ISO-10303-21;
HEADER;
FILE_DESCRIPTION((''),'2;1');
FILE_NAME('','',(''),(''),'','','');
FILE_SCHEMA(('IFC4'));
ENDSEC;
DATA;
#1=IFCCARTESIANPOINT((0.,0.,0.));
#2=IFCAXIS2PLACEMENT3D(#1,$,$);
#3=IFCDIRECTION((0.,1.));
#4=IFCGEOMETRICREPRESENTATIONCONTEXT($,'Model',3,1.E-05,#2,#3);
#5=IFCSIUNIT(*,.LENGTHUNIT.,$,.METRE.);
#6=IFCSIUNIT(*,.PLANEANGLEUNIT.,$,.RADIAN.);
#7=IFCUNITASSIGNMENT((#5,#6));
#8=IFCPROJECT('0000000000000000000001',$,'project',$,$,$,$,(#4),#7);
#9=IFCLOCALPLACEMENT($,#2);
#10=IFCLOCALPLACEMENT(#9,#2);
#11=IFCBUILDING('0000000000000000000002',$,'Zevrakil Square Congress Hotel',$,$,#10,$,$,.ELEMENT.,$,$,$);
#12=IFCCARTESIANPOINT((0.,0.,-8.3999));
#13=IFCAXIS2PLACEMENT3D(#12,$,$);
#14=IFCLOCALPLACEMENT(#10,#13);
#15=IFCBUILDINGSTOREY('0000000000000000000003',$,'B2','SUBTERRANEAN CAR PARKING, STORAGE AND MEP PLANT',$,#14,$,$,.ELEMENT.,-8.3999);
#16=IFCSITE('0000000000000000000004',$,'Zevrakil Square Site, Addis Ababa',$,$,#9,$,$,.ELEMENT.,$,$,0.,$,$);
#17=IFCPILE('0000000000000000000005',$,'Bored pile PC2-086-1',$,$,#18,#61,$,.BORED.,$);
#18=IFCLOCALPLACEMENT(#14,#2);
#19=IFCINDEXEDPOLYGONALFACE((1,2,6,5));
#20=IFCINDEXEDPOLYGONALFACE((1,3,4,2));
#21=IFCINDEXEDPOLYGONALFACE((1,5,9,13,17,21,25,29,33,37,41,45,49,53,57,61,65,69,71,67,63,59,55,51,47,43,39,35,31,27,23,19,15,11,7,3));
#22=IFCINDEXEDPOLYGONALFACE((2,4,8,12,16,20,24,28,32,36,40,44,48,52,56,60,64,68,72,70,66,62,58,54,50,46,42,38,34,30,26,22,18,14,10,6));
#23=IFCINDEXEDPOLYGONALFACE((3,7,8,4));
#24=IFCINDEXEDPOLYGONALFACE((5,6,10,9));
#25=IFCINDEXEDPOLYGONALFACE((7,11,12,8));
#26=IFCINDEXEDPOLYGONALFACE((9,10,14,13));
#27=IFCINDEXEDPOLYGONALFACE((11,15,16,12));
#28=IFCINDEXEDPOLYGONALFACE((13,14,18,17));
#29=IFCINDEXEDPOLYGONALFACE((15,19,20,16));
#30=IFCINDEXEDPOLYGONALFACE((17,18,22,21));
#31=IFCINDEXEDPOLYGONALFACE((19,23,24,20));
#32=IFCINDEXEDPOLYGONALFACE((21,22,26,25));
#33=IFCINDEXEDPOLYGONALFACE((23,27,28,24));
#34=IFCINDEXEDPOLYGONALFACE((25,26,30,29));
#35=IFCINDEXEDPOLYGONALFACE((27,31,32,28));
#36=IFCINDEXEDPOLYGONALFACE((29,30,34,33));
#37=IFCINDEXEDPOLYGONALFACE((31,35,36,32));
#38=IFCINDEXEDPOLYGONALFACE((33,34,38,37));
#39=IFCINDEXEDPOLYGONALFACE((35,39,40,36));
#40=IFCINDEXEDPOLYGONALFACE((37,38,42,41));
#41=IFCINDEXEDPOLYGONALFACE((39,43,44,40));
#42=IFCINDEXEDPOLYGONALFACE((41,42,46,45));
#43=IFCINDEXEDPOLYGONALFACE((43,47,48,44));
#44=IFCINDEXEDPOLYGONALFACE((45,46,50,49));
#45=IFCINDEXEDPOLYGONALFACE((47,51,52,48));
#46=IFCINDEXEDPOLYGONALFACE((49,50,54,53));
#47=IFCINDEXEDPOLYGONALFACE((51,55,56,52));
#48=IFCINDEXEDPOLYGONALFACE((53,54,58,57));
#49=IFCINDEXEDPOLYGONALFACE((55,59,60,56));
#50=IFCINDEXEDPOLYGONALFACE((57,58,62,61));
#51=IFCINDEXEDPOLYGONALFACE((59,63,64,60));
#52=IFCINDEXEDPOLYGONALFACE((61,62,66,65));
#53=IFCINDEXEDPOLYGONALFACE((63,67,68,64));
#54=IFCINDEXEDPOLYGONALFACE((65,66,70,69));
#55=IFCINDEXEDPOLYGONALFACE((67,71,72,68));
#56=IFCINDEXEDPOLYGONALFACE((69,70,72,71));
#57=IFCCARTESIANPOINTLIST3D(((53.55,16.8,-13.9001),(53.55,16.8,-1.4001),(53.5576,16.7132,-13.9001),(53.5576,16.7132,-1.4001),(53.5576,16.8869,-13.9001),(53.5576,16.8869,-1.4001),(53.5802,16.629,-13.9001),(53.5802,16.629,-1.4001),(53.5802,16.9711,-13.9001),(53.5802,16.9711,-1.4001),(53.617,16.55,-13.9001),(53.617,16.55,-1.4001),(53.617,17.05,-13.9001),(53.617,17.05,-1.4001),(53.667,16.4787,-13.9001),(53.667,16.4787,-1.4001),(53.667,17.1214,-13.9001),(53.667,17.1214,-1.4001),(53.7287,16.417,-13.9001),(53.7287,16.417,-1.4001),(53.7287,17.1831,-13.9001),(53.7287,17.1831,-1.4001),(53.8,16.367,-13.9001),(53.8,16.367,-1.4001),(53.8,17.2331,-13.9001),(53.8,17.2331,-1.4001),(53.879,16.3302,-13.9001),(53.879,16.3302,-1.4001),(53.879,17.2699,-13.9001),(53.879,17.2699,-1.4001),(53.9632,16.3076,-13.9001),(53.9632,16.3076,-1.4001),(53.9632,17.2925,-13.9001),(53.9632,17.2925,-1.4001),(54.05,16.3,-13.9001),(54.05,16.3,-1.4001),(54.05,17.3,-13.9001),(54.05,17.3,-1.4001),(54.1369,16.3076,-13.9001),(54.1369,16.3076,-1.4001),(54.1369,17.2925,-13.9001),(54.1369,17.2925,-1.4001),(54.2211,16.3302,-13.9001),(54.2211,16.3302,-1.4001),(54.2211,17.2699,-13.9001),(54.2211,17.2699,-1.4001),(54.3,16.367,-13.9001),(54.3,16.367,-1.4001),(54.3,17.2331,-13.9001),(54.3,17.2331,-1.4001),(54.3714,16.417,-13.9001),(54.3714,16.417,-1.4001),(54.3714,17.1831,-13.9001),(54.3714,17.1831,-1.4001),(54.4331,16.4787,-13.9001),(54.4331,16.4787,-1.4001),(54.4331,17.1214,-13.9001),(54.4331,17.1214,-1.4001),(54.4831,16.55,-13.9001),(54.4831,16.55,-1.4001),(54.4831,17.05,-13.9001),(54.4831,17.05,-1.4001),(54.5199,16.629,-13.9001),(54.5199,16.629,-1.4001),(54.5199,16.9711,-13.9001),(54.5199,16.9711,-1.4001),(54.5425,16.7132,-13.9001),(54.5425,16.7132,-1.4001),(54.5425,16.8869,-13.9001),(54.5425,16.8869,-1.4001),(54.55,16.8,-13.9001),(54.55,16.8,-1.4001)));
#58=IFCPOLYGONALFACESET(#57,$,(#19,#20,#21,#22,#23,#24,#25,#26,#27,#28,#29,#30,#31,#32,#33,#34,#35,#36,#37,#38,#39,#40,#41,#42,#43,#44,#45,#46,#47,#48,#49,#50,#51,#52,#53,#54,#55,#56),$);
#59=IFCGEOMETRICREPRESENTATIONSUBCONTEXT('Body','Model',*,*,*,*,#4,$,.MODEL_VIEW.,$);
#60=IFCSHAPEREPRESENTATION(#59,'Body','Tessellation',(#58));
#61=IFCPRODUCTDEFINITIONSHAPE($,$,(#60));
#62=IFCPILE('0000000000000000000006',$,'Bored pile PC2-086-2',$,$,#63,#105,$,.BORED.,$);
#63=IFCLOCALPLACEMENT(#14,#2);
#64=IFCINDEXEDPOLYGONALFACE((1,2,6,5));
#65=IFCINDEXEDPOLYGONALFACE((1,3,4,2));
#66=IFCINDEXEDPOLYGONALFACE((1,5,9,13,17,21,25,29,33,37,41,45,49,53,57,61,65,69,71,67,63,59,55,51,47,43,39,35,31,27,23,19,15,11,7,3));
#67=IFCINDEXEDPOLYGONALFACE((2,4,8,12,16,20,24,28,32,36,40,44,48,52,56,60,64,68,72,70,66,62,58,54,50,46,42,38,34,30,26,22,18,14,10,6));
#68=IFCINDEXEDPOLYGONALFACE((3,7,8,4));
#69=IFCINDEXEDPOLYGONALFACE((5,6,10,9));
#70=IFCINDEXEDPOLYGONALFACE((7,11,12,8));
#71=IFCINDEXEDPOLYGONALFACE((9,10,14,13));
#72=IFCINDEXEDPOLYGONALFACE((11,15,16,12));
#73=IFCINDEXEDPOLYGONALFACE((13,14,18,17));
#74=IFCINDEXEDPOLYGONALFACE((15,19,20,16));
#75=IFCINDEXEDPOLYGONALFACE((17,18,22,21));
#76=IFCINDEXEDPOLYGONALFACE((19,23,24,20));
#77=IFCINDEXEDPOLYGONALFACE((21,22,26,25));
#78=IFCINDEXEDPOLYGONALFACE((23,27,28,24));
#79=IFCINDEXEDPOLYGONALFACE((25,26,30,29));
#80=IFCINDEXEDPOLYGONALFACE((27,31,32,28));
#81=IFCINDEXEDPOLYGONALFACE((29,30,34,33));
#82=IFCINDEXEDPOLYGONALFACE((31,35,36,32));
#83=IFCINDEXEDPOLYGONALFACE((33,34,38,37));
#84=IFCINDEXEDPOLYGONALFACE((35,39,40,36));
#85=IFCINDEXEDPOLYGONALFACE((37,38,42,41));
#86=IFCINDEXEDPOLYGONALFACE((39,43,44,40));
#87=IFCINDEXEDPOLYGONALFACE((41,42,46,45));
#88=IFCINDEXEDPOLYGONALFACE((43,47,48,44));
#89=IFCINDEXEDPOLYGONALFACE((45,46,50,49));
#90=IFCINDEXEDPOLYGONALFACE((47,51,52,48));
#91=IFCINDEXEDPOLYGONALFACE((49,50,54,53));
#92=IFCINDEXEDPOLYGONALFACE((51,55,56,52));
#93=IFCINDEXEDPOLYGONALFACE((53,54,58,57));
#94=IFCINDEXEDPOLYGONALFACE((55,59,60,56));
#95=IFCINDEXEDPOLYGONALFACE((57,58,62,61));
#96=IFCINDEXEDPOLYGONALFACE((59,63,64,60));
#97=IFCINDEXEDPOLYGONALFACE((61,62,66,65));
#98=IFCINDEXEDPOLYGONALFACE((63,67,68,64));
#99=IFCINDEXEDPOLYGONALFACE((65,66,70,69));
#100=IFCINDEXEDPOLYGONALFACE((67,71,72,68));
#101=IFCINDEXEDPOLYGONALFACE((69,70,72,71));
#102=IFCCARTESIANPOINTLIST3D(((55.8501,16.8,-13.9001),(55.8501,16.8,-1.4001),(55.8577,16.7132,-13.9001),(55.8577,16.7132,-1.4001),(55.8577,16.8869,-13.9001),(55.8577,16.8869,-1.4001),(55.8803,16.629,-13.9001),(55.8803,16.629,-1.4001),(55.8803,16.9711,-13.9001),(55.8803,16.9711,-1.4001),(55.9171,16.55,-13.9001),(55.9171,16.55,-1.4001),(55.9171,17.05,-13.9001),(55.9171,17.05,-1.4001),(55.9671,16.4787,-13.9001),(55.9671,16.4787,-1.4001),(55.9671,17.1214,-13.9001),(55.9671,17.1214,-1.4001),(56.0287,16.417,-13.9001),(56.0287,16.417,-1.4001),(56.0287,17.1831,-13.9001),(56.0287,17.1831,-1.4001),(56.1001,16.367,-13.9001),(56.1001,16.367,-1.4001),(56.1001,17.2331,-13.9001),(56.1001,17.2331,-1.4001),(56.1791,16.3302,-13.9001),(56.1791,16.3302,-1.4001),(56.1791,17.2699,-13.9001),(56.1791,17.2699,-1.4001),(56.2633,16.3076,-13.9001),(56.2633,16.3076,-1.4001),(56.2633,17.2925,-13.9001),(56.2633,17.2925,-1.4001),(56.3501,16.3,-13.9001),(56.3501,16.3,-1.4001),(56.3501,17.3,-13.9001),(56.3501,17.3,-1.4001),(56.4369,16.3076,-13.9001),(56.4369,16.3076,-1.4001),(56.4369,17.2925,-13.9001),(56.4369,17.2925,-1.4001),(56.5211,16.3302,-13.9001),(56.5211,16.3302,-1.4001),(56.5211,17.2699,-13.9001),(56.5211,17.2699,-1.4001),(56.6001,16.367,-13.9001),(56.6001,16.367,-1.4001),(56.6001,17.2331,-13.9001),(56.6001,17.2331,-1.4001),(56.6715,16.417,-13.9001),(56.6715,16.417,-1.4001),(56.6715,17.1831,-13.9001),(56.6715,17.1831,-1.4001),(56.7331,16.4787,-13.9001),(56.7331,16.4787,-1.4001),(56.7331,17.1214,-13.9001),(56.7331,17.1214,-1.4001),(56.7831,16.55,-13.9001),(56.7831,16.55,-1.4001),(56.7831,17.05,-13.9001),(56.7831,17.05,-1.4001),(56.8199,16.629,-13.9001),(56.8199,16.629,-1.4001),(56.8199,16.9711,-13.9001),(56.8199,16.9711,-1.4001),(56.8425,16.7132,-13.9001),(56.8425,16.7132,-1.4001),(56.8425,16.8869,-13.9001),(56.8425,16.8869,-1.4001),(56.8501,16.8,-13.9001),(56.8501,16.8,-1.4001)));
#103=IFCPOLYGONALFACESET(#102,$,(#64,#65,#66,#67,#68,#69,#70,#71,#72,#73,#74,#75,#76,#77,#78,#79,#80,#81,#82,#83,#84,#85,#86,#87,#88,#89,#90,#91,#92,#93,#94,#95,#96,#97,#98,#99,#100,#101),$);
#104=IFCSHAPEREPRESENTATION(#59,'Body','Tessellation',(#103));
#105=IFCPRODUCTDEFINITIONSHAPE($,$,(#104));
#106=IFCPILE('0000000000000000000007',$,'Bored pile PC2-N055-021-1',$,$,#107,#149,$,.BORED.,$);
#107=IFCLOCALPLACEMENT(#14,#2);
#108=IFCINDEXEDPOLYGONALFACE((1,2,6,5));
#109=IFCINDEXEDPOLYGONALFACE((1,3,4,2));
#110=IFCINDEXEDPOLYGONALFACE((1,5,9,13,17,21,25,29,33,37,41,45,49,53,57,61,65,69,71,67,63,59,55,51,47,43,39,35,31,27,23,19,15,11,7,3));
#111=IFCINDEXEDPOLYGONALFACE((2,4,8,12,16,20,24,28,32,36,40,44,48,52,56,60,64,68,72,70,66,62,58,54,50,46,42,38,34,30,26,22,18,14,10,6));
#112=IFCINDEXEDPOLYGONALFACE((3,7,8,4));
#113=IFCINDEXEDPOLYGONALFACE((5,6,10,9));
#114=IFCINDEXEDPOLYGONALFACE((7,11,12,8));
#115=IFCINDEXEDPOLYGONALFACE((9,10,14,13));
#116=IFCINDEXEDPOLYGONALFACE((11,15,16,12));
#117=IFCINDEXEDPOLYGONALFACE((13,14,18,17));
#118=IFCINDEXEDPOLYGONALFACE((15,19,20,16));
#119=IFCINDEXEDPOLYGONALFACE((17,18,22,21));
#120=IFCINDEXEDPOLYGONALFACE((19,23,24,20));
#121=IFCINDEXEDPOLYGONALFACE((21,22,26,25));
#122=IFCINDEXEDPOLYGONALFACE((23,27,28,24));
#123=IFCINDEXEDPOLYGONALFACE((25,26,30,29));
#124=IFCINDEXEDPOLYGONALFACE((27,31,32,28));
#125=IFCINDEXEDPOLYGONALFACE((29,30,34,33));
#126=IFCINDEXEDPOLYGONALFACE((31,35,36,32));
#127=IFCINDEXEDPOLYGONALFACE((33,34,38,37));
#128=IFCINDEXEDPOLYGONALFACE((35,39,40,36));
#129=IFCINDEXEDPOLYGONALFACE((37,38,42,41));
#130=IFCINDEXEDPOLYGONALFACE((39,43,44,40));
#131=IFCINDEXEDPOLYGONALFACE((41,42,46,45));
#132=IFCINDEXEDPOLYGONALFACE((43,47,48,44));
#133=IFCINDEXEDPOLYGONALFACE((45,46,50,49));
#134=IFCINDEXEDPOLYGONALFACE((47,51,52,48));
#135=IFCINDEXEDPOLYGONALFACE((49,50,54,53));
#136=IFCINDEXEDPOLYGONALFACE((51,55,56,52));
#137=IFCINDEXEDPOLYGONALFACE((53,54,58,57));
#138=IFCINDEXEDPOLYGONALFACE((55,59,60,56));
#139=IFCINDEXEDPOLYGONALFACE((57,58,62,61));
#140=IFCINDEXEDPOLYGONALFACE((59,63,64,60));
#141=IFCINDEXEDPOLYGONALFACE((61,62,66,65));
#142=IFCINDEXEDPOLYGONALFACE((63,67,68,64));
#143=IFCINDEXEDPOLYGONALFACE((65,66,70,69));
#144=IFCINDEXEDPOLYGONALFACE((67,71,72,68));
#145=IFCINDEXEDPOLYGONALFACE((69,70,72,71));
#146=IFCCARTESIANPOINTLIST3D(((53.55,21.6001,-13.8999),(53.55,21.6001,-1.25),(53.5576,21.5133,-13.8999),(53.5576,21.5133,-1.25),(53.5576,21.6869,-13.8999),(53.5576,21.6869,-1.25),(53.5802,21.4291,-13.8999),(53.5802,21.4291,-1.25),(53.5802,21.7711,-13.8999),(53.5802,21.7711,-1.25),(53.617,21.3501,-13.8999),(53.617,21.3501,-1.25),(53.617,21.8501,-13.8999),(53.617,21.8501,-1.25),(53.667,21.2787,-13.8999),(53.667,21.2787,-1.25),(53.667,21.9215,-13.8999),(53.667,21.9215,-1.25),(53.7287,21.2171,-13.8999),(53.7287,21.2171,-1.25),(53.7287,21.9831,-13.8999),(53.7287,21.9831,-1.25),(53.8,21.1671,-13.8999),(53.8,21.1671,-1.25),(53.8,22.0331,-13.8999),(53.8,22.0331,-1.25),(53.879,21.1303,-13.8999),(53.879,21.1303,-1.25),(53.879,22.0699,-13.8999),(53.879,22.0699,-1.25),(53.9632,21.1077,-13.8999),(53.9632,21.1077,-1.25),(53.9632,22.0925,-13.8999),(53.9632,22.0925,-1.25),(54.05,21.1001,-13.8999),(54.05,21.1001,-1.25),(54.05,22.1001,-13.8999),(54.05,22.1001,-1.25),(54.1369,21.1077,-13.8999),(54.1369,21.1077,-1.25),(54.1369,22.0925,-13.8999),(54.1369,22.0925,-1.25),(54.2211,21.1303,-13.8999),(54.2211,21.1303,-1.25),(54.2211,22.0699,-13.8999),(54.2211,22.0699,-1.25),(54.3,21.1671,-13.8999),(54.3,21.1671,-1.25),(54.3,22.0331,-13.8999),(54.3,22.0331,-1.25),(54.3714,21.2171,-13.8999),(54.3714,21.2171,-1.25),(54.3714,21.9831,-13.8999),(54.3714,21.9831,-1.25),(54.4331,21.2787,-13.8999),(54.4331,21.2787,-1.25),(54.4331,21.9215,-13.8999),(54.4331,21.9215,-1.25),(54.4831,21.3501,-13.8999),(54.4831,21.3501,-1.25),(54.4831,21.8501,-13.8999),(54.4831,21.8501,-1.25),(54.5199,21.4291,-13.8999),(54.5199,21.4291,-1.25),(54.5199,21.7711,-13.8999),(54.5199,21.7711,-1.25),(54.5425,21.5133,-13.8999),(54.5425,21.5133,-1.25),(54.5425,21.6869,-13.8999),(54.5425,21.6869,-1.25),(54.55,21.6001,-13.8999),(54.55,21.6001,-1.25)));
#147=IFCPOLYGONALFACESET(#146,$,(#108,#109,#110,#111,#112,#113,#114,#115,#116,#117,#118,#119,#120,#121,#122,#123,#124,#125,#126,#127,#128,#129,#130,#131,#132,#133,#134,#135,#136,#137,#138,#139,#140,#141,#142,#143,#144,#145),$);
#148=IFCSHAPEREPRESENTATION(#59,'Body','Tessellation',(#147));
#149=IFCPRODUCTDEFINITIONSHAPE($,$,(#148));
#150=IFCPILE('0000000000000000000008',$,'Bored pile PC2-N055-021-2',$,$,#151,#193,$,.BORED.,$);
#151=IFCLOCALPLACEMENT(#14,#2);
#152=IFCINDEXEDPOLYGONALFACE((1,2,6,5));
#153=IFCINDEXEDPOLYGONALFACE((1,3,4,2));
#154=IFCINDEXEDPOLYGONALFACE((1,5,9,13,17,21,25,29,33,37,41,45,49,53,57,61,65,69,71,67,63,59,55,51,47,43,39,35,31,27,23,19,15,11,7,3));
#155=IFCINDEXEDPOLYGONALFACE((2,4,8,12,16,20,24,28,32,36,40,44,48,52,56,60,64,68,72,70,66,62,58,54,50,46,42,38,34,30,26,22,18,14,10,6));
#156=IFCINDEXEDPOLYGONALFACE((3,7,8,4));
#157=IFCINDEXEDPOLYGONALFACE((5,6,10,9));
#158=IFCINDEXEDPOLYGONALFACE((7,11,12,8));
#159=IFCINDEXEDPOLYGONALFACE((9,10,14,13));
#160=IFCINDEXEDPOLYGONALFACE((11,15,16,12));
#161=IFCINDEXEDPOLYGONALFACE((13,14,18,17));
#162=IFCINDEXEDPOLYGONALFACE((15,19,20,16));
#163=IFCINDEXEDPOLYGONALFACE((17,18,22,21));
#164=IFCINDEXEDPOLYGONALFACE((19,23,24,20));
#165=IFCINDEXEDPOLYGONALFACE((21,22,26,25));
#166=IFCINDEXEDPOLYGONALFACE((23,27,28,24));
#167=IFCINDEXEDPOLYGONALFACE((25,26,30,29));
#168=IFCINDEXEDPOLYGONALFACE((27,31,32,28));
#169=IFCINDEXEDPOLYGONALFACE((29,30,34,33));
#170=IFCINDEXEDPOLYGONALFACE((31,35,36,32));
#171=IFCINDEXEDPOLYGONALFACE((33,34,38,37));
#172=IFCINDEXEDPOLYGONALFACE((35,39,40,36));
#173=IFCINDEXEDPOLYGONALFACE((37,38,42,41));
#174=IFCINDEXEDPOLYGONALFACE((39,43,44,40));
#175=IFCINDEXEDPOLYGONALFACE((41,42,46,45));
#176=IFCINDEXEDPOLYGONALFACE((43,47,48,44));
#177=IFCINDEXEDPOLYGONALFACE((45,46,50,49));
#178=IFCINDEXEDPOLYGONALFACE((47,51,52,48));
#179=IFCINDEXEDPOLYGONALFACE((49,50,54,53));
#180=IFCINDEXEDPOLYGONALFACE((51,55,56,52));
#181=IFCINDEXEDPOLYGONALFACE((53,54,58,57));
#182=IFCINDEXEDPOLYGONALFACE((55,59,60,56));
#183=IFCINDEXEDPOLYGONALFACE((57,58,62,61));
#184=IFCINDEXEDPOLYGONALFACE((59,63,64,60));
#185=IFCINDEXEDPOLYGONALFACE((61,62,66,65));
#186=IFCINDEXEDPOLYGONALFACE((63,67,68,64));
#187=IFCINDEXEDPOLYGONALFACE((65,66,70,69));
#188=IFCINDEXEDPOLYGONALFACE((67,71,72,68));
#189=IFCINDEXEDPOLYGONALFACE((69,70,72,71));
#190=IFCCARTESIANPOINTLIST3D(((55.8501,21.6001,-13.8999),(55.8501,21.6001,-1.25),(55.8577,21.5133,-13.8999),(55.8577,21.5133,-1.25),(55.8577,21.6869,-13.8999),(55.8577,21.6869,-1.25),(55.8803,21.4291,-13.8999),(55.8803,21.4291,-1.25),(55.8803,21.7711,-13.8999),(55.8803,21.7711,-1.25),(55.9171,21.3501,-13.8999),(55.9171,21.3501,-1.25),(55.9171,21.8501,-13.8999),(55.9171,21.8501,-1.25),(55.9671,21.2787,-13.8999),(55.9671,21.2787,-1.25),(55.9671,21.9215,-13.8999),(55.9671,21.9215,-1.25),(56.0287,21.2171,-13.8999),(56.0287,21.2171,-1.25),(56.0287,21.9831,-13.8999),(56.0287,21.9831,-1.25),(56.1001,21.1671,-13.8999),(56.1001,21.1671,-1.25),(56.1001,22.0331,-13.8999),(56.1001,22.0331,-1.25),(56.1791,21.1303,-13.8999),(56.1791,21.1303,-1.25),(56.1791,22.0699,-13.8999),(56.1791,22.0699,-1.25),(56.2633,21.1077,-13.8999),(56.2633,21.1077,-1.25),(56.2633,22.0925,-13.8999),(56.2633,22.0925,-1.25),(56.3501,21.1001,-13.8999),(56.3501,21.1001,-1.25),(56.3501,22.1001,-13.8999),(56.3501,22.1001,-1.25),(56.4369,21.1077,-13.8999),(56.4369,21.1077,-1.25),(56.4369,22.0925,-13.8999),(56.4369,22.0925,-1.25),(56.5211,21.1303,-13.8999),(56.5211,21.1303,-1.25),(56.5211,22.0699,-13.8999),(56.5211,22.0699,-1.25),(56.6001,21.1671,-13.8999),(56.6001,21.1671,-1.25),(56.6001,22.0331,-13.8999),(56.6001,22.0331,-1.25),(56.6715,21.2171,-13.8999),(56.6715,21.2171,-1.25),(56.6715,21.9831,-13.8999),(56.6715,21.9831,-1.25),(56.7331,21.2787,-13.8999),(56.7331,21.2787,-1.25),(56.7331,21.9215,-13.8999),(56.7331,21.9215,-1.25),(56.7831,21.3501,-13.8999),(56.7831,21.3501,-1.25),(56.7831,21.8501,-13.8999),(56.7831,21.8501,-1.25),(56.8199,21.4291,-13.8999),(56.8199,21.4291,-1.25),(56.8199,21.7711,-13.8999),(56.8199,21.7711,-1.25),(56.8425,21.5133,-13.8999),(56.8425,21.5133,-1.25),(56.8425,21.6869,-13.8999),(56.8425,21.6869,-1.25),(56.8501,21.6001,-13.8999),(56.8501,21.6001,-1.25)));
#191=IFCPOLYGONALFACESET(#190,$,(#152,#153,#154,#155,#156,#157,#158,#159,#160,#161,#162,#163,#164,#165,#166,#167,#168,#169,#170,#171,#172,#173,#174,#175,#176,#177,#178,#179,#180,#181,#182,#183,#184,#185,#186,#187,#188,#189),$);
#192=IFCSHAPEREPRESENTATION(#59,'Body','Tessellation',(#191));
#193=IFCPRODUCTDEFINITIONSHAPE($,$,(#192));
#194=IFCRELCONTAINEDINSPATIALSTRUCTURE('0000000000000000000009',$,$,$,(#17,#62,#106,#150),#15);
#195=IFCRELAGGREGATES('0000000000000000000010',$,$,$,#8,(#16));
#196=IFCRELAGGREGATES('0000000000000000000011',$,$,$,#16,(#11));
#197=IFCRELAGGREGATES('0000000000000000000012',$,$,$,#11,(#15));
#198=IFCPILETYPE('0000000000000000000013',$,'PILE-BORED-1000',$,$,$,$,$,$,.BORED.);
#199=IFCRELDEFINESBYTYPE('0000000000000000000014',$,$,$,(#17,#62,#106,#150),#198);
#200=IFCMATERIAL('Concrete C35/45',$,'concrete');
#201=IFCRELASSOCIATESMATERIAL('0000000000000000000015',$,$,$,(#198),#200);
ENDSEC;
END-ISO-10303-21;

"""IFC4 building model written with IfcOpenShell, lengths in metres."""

from ifc_helpers import new_model, si_unit, direction, frame, origin, origin_2d, place, context, subcontext, project, spatial, circle, extrude, material, material_profile, profile_set, type_object, element, save


model = new_model("IFC4")

# Units and contexts
model_context = context("Model", 3, precision=1e-05, world=origin(), true_north=direction((0.0, 1.0)))
body_context = subcontext(model_context, "Body", "Model", "MODEL_VIEW")
ifc_project = project(units=[si_unit("LENGTHUNIT", "METRE"), si_unit("PLANEANGLEUNIT", "RADIAN")], contexts=[model_context])

# Site, building, storey
site_placement = place(None, origin())
site = spatial("IfcSite", under=ifc_project, at=site_placement, Name="Zevrakil Square Site, Addis Ababa", CompositionType="ELEMENT", RefElevation=0.0)
building_placement = place(site_placement, origin())
building = spatial("IfcBuilding", under=site, at=building_placement, Name="Zevrakil Square Congress Hotel", CompositionType="ELEMENT")
storey_placement = place(building_placement, frame((0.0, 0.0, -8.3999)))
storey = spatial("IfcBuildingStorey", under=building, at=storey_placement, Name="B2", Description="SUBTERRANEAN CAR PARKING, STORAGE AND MEP PLANT", CompositionType="ELEMENT", Elevation=-8.3999)

# Piles
ifc_material_1 = material(Name="Concrete C35/45", Category="concrete")
ifc_material_profile_1 = material_profile(ifc_material_1, circle(Radius=0.5, at=origin_2d()), Name="PILE D1000")
ifc_profile_set_1 = profile_set([ifc_material_profile_1], Name="Concrete C35/45")
pile_type = type_object("IfcPileType", Name="PILE-BORED-1000", PredefinedType="BORED", material=ifc_profile_set_1)
for number, where, z_axis, x_axis, name in (
    (1, (54.05, 16.8, -1.4001), (0.0, 0.0, -1.0), (1.0, 0.0, 0.0), "Bored pile PC2-086-1"),
    (2, (56.3501, 16.8, -1.4001), (0.0, 0.0, -1.0), (1.0, 0.0, 0.0), "Bored pile PC2-086-2"),
):
    element("IfcPile", number, at=place(storey_placement, frame(where, z_axis=z_axis, x_axis=x_axis)), inside=storey, type_object=pile_type, Name=name, PredefinedType="BORED", context=body_context, shape_type="SweptSolid", body=[
        extrude(circle(Radius=0.5, at=origin_2d()), origin(), (0.0, 0.0, 1.0), 12.5),
    ])
for number, where, z_axis, x_axis, name in (
    (3, (54.05, 21.6001, -1.25), (0.0, 0.0, -1.0), (1.0, 0.0, 0.0), "Bored pile PC2-N055-021-1"),
    (4, (56.3501, 21.6001, -1.25), (0.0, 0.0, -1.0), (1.0, 0.0, 0.0), "Bored pile PC2-N055-021-2"),
):
    element("IfcPile", number, at=place(storey_placement, frame(where, z_axis=z_axis, x_axis=x_axis)), inside=storey, type_object=pile_type, Name=name, PredefinedType="BORED", context=body_context, shape_type="SweptSolid", body=[
        extrude(circle(Radius=0.5, at=origin_2d()), origin(), (0.0, 0.0, 1.0), 12.6499),
    ])

save(model, "model.ifc")
